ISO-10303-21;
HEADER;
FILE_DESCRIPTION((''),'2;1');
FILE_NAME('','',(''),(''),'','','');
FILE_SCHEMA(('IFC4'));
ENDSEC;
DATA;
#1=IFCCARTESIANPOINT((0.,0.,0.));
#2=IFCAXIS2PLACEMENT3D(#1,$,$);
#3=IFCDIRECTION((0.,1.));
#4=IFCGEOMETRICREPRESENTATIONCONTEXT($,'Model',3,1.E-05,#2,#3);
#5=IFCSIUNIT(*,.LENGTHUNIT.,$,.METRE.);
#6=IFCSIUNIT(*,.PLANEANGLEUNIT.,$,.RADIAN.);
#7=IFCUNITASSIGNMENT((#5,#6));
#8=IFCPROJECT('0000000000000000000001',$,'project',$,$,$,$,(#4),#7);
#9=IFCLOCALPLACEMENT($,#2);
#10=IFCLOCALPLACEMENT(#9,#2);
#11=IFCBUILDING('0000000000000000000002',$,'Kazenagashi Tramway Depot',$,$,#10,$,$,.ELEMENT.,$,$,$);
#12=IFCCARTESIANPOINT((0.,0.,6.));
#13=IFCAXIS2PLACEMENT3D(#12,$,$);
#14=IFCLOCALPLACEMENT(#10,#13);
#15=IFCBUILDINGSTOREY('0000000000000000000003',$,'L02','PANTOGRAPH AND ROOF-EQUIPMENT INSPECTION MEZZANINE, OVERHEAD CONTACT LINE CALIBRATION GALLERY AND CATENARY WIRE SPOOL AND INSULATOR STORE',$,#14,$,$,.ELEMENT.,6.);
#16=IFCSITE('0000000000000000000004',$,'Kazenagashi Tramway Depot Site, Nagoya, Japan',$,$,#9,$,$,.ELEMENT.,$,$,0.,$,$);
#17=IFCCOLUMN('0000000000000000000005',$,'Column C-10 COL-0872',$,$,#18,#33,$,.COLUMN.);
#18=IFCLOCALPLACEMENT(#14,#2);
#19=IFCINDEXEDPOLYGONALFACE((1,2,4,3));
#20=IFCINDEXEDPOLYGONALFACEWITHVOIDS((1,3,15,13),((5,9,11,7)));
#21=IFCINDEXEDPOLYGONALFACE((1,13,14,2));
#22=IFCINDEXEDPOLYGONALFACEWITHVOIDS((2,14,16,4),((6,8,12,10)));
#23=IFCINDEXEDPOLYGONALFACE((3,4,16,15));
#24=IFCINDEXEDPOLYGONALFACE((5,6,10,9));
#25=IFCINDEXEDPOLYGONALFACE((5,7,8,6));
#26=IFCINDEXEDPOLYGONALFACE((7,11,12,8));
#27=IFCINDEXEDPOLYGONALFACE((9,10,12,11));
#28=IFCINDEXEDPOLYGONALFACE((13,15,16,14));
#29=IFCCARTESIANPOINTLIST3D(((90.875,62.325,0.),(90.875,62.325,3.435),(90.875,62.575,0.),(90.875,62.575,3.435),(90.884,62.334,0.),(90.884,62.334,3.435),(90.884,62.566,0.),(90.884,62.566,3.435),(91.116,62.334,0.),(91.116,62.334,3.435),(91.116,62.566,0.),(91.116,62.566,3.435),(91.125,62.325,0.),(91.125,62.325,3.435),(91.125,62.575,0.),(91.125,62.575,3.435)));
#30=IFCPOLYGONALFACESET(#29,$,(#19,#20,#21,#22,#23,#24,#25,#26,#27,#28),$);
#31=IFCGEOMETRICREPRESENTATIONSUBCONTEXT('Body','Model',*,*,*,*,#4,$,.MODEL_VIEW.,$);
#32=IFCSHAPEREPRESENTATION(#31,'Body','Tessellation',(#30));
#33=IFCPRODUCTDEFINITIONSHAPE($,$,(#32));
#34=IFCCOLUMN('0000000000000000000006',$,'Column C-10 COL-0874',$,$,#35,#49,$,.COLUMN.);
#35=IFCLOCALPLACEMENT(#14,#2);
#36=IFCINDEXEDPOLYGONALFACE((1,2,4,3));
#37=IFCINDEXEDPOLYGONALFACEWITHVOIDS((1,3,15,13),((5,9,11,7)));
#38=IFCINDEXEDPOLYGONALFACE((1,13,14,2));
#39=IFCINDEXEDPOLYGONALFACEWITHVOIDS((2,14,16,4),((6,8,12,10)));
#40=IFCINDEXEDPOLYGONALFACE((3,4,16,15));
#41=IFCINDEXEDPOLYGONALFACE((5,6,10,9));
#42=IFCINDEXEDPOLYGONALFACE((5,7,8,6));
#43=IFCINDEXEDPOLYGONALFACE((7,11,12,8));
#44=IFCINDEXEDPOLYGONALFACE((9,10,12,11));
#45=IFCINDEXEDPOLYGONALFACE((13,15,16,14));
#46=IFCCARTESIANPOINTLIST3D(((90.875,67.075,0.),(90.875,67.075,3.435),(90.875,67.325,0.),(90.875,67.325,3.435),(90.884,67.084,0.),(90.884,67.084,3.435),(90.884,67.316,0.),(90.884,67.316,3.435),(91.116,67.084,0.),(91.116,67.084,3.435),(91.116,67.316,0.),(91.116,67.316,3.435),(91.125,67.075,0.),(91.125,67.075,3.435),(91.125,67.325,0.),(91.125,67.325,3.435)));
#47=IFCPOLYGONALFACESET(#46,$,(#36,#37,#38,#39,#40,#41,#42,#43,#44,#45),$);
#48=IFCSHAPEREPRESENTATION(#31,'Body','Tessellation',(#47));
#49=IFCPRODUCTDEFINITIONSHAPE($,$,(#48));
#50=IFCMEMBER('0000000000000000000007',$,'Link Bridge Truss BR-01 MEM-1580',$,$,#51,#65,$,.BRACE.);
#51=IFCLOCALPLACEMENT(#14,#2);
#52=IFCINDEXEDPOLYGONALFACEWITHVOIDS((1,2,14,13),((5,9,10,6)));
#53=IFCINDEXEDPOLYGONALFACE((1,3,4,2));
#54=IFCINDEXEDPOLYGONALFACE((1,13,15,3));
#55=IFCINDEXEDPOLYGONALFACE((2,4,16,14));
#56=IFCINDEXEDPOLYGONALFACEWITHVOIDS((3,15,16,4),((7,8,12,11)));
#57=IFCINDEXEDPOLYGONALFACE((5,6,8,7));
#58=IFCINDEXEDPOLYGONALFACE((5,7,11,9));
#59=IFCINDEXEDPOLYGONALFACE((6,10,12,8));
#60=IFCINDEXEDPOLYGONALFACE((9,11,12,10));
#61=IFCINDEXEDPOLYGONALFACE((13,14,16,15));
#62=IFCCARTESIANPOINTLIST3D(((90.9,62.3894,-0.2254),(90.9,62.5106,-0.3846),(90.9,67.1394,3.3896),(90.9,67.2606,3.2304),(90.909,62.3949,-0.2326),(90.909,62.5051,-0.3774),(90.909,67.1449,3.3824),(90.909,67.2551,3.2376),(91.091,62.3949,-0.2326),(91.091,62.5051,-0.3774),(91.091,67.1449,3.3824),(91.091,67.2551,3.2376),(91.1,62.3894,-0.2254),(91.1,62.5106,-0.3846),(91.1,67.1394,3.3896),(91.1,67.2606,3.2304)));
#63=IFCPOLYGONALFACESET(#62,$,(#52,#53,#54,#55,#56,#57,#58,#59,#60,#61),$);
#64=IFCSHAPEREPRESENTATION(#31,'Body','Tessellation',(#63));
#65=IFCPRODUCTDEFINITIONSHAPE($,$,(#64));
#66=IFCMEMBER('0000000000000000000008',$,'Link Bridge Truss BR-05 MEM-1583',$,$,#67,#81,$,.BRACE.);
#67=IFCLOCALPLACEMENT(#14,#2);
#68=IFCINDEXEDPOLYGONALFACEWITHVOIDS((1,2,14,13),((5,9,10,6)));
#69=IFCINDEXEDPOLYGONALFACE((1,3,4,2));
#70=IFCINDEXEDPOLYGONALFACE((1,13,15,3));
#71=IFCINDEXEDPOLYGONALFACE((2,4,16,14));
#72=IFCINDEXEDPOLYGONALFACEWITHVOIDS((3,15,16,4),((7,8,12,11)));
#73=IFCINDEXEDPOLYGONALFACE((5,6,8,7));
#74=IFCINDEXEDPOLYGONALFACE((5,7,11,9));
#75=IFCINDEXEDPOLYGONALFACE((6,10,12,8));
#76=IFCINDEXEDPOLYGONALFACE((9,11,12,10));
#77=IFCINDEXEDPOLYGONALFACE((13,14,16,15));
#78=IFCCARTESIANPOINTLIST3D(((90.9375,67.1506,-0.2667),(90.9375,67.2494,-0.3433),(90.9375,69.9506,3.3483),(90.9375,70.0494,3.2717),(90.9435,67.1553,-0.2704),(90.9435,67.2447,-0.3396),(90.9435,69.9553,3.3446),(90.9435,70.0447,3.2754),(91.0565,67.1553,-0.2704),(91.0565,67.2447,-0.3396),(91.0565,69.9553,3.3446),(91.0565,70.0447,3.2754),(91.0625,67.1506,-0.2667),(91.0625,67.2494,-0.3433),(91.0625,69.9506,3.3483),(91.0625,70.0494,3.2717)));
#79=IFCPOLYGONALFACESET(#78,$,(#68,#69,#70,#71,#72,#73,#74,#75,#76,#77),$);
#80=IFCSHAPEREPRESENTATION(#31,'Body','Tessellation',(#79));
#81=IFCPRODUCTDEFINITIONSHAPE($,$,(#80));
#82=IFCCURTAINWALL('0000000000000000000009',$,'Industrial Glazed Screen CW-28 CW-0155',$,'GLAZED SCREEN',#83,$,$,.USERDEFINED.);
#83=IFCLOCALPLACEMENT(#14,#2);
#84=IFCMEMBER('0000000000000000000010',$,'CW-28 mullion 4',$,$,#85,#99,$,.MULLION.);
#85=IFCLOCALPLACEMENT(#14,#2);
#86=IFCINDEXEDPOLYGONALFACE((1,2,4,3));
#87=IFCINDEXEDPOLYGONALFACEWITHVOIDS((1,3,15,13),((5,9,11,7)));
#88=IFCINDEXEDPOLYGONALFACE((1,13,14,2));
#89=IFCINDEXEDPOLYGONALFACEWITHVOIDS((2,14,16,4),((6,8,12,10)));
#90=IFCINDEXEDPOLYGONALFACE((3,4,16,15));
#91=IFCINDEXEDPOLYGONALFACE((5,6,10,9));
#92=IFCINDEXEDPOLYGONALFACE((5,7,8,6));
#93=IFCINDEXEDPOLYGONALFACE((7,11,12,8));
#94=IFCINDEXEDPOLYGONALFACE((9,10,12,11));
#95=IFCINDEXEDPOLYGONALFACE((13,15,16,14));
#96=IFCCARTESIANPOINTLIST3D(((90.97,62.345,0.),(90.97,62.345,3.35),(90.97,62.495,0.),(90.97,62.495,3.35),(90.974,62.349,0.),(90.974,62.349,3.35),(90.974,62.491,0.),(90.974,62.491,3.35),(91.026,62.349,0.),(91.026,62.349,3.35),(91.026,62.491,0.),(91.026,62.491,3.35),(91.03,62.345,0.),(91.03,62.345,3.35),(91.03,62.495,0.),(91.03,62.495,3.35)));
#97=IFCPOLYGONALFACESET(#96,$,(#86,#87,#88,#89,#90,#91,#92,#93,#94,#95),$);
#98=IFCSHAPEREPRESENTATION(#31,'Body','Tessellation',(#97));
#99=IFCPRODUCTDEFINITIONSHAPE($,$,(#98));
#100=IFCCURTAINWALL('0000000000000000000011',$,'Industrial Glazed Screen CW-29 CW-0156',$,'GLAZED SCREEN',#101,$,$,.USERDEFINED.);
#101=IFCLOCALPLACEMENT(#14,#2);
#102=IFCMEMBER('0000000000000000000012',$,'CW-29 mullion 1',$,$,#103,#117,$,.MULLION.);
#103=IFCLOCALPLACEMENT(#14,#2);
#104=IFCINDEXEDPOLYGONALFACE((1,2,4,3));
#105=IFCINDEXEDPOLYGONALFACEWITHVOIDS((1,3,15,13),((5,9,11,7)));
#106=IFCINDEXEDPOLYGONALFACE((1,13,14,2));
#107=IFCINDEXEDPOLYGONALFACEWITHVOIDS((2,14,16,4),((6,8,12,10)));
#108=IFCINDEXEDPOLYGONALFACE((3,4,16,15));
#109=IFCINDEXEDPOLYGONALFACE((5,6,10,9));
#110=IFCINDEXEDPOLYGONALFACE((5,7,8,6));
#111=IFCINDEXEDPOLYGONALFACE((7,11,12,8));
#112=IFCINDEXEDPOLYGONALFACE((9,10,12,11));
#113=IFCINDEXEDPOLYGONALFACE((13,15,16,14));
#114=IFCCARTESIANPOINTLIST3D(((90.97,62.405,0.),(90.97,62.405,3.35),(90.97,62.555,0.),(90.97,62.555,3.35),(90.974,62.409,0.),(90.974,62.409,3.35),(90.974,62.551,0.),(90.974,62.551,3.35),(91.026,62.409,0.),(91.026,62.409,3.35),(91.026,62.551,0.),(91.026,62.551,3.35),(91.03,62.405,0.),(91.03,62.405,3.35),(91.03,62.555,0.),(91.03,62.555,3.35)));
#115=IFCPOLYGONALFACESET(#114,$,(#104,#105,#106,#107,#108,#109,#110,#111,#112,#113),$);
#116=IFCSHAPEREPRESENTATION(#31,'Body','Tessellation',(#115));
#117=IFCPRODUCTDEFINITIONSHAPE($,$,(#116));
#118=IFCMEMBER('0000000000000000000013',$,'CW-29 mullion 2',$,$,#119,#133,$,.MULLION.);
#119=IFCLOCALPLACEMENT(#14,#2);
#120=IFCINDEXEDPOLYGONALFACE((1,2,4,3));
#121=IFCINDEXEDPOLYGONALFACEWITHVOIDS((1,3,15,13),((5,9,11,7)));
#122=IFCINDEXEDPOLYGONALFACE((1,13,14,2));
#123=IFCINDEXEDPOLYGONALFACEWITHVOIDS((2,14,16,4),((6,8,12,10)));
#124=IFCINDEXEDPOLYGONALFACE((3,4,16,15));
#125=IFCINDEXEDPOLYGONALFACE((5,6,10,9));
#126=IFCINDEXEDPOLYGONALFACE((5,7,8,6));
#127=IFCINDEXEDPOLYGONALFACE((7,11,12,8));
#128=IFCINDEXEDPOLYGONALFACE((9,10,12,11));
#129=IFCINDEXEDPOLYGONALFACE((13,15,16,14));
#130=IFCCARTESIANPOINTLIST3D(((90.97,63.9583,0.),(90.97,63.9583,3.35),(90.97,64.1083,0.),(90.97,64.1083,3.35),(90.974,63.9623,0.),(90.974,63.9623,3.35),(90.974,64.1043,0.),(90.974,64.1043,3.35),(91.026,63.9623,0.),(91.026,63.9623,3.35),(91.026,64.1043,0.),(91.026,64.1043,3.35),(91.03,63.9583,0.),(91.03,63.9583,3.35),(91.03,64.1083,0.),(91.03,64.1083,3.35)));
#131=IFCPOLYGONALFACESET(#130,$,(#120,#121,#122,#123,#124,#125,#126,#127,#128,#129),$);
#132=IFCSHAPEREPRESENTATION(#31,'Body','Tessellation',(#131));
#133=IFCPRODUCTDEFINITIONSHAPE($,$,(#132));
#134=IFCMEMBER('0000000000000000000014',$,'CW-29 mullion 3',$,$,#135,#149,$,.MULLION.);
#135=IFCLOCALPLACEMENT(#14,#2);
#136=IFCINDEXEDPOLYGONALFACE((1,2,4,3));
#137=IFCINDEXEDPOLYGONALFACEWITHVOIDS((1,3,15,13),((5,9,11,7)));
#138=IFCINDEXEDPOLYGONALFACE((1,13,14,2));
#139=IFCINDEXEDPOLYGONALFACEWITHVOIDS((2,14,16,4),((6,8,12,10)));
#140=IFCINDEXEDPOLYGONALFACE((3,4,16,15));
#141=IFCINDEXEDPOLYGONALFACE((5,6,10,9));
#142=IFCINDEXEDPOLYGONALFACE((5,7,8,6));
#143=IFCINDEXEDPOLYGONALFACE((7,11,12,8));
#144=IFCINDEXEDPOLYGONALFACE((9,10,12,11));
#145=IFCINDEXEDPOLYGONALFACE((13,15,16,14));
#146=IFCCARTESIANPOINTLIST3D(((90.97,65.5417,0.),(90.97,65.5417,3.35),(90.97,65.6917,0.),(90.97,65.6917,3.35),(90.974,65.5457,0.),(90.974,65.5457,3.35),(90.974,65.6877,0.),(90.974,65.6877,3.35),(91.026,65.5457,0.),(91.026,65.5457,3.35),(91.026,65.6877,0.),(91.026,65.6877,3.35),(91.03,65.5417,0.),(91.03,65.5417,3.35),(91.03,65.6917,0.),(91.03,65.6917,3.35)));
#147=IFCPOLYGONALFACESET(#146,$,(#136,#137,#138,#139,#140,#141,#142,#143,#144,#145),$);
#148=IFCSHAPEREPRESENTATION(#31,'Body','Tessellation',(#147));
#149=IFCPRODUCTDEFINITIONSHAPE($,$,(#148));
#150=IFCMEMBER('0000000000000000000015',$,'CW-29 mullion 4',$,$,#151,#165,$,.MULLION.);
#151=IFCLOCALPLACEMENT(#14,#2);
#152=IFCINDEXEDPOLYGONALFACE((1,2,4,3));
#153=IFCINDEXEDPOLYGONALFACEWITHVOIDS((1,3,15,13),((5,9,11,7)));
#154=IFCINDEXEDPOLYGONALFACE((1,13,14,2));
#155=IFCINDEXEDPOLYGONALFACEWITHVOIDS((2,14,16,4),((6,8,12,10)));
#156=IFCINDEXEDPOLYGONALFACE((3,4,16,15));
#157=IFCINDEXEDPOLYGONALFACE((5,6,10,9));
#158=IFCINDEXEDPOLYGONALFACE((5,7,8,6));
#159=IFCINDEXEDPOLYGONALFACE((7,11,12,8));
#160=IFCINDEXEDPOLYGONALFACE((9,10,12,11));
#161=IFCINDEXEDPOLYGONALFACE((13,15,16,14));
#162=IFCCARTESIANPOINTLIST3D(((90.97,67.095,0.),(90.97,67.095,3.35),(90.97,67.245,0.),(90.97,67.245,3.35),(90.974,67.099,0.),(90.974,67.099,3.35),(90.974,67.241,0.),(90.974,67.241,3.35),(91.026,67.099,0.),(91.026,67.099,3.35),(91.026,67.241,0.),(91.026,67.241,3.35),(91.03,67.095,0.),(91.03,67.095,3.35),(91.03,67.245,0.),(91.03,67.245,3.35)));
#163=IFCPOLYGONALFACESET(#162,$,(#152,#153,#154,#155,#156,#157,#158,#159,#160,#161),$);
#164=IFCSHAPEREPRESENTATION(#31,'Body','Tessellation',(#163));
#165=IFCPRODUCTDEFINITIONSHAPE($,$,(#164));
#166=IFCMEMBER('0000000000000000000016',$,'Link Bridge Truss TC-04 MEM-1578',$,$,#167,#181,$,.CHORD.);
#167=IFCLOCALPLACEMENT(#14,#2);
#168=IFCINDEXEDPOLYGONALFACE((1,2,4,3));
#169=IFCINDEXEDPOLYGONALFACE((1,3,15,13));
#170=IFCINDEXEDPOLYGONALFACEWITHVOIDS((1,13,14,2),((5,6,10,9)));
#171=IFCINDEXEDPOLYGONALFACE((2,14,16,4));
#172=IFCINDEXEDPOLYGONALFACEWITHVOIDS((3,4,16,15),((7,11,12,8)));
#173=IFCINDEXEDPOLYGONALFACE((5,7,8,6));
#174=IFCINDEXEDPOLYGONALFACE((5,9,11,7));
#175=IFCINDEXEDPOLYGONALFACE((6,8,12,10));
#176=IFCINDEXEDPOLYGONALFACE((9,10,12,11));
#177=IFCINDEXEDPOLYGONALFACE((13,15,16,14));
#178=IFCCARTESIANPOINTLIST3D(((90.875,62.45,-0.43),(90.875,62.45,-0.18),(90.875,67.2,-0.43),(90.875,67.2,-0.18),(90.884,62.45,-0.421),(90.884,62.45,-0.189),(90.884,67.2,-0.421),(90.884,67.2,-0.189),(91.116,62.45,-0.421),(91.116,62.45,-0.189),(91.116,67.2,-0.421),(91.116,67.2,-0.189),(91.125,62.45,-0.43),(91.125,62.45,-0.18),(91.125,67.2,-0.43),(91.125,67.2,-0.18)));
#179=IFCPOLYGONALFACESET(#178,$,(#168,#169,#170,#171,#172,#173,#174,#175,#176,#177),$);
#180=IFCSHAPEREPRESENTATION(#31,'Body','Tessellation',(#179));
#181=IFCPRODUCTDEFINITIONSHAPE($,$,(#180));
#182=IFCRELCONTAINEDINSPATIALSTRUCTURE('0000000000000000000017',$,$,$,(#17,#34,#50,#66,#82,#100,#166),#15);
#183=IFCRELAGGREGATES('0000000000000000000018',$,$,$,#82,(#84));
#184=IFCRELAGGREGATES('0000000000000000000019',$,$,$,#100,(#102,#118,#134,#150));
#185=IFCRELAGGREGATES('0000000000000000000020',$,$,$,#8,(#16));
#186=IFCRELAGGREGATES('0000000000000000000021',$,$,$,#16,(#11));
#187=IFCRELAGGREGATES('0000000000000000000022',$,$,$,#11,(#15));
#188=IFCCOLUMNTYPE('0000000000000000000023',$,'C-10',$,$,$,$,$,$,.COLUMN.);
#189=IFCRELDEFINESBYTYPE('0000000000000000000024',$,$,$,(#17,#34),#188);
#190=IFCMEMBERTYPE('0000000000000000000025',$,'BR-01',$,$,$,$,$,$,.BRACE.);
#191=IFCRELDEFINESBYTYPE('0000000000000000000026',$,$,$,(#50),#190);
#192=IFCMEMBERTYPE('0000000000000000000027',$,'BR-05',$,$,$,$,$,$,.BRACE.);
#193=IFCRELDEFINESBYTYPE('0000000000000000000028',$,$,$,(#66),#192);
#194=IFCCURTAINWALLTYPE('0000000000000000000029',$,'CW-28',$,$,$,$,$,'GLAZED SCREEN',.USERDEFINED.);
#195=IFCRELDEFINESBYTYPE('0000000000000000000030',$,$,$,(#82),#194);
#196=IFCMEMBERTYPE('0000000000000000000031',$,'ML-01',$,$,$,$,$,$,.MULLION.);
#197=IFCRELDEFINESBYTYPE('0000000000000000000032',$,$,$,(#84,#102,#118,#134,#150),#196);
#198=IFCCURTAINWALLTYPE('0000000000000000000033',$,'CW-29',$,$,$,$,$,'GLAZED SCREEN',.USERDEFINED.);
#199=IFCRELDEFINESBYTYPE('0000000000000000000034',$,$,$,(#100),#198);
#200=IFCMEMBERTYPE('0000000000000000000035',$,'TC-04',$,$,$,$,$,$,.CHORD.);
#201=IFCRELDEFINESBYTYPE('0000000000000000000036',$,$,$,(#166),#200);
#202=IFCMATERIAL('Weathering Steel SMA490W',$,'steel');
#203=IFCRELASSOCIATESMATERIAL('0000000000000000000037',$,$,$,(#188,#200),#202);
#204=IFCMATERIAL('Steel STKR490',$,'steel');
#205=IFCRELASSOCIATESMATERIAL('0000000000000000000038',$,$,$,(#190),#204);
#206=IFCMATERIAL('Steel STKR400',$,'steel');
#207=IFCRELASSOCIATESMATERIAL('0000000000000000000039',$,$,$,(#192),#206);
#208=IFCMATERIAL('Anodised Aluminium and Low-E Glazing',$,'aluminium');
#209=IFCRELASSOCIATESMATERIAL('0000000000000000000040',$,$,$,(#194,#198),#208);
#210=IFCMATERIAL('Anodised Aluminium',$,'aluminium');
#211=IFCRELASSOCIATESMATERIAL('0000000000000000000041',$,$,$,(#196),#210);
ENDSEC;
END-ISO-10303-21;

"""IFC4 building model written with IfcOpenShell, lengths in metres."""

from ifc_helpers import new_model, si_unit, direction, frame, origin, origin_2d, place, context, subcontext, project, spatial, hollow_rectangle, extrude, material, material_profile, profile_set, type_object, element, aggregate, save


model = new_model("IFC4")

# Units and contexts
model_context = context("Model", 3, precision=1e-05, world=origin(), true_north=direction((0.0, 1.0)))
body_context = subcontext(model_context, "Body", "Model", "MODEL_VIEW")
ifc_project = project(units=[si_unit("LENGTHUNIT", "METRE"), si_unit("PLANEANGLEUNIT", "RADIAN")], contexts=[model_context])

# Site, building, storey
site_placement = place(None, origin())
site = spatial("IfcSite", under=ifc_project, at=site_placement, Name="Kazenagashi Tramway Depot Site, Nagoya, Japan", CompositionType="ELEMENT", RefElevation=0.0)
building_placement = place(site_placement, origin())
building = spatial("IfcBuilding", under=site, at=building_placement, Name="Kazenagashi Tramway Depot", CompositionType="ELEMENT")
storey_placement = place(building_placement, frame((0.0, 0.0, 6.0)))
storey = spatial("IfcBuildingStorey", under=building, at=storey_placement, Name="L02", Description="PANTOGRAPH AND ROOF-EQUIPMENT INSPECTION MEZZANINE, OVERHEAD CONTACT LINE CALIBRATION GALLERY AND CATENARY WIRE SPOOL AND INSULATOR STORE", CompositionType="ELEMENT", Elevation=6.0)

# Columns
ifc_material_1 = material(Name="Weathering Steel SMA490W", Category="steel")
ifc_material_profile_1 = material_profile(ifc_material_1, hollow_rectangle(XDim=0.25, YDim=0.25, WallThickness=0.009, at=origin_2d()), Name="SHS-250x250x9")
ifc_profile_set_1 = profile_set([ifc_material_profile_1], Name="Weathering Steel SMA490W")
column_type = type_object("IfcColumnType", Name="C-10", PredefinedType="COLUMN", material=ifc_profile_set_1)
for number, where, z_axis, x_axis, name in (
    (1, (91.0, 62.45, 0.0), (0.0, 0.0, 1.0), (1.0, 0.0, 0.0), "Column C-10 COL-0872"),
    (2, (91.0, 67.2, 0.0), (0.0, 0.0, 1.0), (1.0, 0.0, 0.0), "Column C-10 COL-0874"),
):
    element("IfcColumn", number, at=place(storey_placement, frame(where, z_axis=z_axis, x_axis=x_axis)), inside=storey, type_object=column_type, Name=name, PredefinedType="COLUMN", context=body_context, shape_type="SweptSolid", body=[
        extrude(hollow_rectangle(XDim=0.25, YDim=0.25, WallThickness=0.009, at=origin_2d()), origin(), (0.0, 0.0, 1.0), 3.435),
    ])

# Members
ifc_material_2 = material(Name="Steel STKR490", Category="steel")
ifc_material_profile_2 = material_profile(ifc_material_2, hollow_rectangle(XDim=0.2, YDim=0.2, WallThickness=0.009, at=origin_2d()), Name="SHS-200x200x9")
ifc_profile_set_2 = profile_set([ifc_material_profile_2], Name="Steel STKR490")
member_type_1 = type_object("IfcMemberType", Name="BR-01", PredefinedType="BRACE", material=ifc_profile_set_2)
member_1_placement = place(storey_placement, frame((91.0, 62.45, -0.305), z_axis=(0.0, 0.795758, 0.605614), x_axis=(-1.0, 0.0, 0.0)))
element("IfcMember", 3, at=member_1_placement, inside=storey, type_object=member_type_1, Name="Link Bridge Truss BR-01 MEM-1580", PredefinedType="BRACE", context=body_context, shape_type="SweptSolid", body=[
    extrude(hollow_rectangle(XDim=0.2, YDim=0.2, WallThickness=0.009, at=origin_2d()), origin(), (0.0, 0.0, 1.0), 5.9691),
])
ifc_material_3 = material(Name="Steel STKR400", Category="steel")
ifc_material_profile_3 = material_profile(ifc_material_3, hollow_rectangle(XDim=0.125, YDim=0.125, WallThickness=0.006, at=origin_2d()), Name="SHS-125x125x6")
ifc_profile_set_3 = profile_set([ifc_material_profile_3], Name="Steel STKR400")
member_type_2 = type_object("IfcMemberType", Name="BR-05", PredefinedType="BRACE", material=ifc_profile_set_3)
member_2_placement = place(storey_placement, frame((91.0, 67.2, -0.305), z_axis=(0.0, 0.61235, 0.790587), x_axis=(-1.0, 0.0, 0.0)))
element("IfcMember", 4, at=member_2_placement, inside=storey, type_object=member_type_2, Name="Link Bridge Truss BR-05 MEM-1583", PredefinedType="BRACE", context=body_context, shape_type="SweptSolid", body=[
    extrude(hollow_rectangle(XDim=0.125, YDim=0.125, WallThickness=0.006, at=origin_2d()), origin(), (0.0, 0.0, 1.0), 4.5726),
])

# Curtain wall, member
ifc_material_4 = material(Name="Anodised Aluminium and Low-E Glazing", Category="aluminium")
curtain_wall_type_1 = type_object("IfcCurtainWallType", Name="CW-28", ElementType="GLAZED SCREEN", PredefinedType="USERDEFINED", material=ifc_material_4)
curtain_wall_1_placement = place(storey_placement, origin())
curtain_wall_1 = element("IfcCurtainWall", 5, at=curtain_wall_1_placement, inside=storey, type_object=curtain_wall_type_1, Name="Industrial Glazed Screen CW-28 CW-0155", ObjectType="GLAZED SCREEN", PredefinedType="USERDEFINED")
ifc_material_5 = material(Name="Anodised Aluminium", Category="aluminium")
ifc_material_profile_4 = material_profile(ifc_material_5, hollow_rectangle(XDim=0.06, YDim=0.15, WallThickness=0.004, at=origin_2d()), Name="RHS-150x60x4")
ifc_profile_set_4 = profile_set([ifc_material_profile_4], Name="Anodised Aluminium")
member_type_3 = type_object("IfcMemberType", Name="ML-01", PredefinedType="MULLION", material=ifc_profile_set_4)
member_3_placement = place(storey_placement, frame((91.0, 62.42, 0.0), z_axis=(0.0, 0.0, 1.0), x_axis=(-1.0, 0.0, 0.0)))
member_3 = element("IfcMember", 6, at=member_3_placement, type_object=member_type_3, Name="CW-28 mullion 4", PredefinedType="MULLION", context=body_context, shape_type="SweptSolid", body=[
    extrude(hollow_rectangle(XDim=0.06, YDim=0.15, WallThickness=0.004, at=origin_2d()), origin(), (0.0, 0.0, 1.0), 3.35),
])

# Curtain wall, members
curtain_wall_type_2 = type_object("IfcCurtainWallType", Name="CW-29", ElementType="GLAZED SCREEN", PredefinedType="USERDEFINED", material=ifc_material_4)
curtain_wall_2_placement = place(storey_placement, origin())
curtain_wall_2 = element("IfcCurtainWall", 7, at=curtain_wall_2_placement, inside=storey, type_object=curtain_wall_type_2, Name="Industrial Glazed Screen CW-29 CW-0156", ObjectType="GLAZED SCREEN", PredefinedType="USERDEFINED")
member_4_placement = place(storey_placement, frame((91.0, 62.48, 0.0), z_axis=(0.0, 0.0, 1.0), x_axis=(-1.0, 0.0, 0.0)))
member_4 = element("IfcMember", 8, at=member_4_placement, type_object=member_type_3, Name="CW-29 mullion 1", PredefinedType="MULLION", context=body_context, shape_type="SweptSolid", body=[
    extrude(hollow_rectangle(XDim=0.06, YDim=0.15, WallThickness=0.004, at=origin_2d()), origin(), (0.0, 0.0, 1.0), 3.35),
])
member_5_placement = place(storey_placement, frame((91.0, 64.0333, 0.0), z_axis=(0.0, 0.0, 1.0), x_axis=(-1.0, 0.0, 0.0)))
member_5 = element("IfcMember", 9, at=member_5_placement, type_object=member_type_3, Name="CW-29 mullion 2", PredefinedType="MULLION", context=body_context, shape_type="SweptSolid", body=[
    extrude(hollow_rectangle(XDim=0.06, YDim=0.15, WallThickness=0.004, at=origin_2d()), origin(), (0.0, 0.0, 1.0), 3.35),
])
member_6_placement = place(storey_placement, frame((91.0, 65.6167, 0.0), z_axis=(0.0, 0.0, 1.0), x_axis=(-1.0, 0.0, 0.0)))
member_6 = element("IfcMember", 10, at=member_6_placement, type_object=member_type_3, Name="CW-29 mullion 3", PredefinedType="MULLION", context=body_context, shape_type="SweptSolid", body=[
    extrude(hollow_rectangle(XDim=0.06, YDim=0.15, WallThickness=0.004, at=origin_2d()), origin(), (0.0, 0.0, 1.0), 3.35),
])
member_7_placement = place(storey_placement, frame((91.0, 67.17, 0.0), z_axis=(0.0, 0.0, 1.0), x_axis=(-1.0, 0.0, 0.0)))
member_7 = element("IfcMember", 11, at=member_7_placement, type_object=member_type_3, Name="CW-29 mullion 4", PredefinedType="MULLION", context=body_context, shape_type="SweptSolid", body=[
    extrude(hollow_rectangle(XDim=0.06, YDim=0.15, WallThickness=0.004, at=origin_2d()), origin(), (0.0, 0.0, 1.0), 3.35),
])

# Member
ifc_material_profile_5 = material_profile(ifc_material_1, hollow_rectangle(XDim=0.25, YDim=0.25, WallThickness=0.009, at=origin_2d()), Name="SHS-250x250x9")
ifc_profile_set_5 = profile_set([ifc_material_profile_5], Name="Weathering Steel SMA490W")
member_type_4 = type_object("IfcMemberType", Name="TC-04", PredefinedType="CHORD", material=ifc_profile_set_5)
member_8_placement = place(storey_placement, frame((91.0, 62.45, -0.305), z_axis=(0.0, 1.0, 0.0), x_axis=(-1.0, 0.0, 0.0)))
element("IfcMember", 12, at=member_8_placement, inside=storey, type_object=member_type_4, Name="Link Bridge Truss TC-04 MEM-1578", PredefinedType="CHORD", context=body_context, shape_type="SweptSolid", body=[
    extrude(hollow_rectangle(XDim=0.25, YDim=0.25, WallThickness=0.009, at=origin_2d()), origin(), (0.0, 0.0, 1.0), 4.75),
])

aggregate(curtain_wall_1, [member_3])
aggregate(curtain_wall_2, [member_4, member_5, member_6, member_7])

save(model, "model.ifc")
